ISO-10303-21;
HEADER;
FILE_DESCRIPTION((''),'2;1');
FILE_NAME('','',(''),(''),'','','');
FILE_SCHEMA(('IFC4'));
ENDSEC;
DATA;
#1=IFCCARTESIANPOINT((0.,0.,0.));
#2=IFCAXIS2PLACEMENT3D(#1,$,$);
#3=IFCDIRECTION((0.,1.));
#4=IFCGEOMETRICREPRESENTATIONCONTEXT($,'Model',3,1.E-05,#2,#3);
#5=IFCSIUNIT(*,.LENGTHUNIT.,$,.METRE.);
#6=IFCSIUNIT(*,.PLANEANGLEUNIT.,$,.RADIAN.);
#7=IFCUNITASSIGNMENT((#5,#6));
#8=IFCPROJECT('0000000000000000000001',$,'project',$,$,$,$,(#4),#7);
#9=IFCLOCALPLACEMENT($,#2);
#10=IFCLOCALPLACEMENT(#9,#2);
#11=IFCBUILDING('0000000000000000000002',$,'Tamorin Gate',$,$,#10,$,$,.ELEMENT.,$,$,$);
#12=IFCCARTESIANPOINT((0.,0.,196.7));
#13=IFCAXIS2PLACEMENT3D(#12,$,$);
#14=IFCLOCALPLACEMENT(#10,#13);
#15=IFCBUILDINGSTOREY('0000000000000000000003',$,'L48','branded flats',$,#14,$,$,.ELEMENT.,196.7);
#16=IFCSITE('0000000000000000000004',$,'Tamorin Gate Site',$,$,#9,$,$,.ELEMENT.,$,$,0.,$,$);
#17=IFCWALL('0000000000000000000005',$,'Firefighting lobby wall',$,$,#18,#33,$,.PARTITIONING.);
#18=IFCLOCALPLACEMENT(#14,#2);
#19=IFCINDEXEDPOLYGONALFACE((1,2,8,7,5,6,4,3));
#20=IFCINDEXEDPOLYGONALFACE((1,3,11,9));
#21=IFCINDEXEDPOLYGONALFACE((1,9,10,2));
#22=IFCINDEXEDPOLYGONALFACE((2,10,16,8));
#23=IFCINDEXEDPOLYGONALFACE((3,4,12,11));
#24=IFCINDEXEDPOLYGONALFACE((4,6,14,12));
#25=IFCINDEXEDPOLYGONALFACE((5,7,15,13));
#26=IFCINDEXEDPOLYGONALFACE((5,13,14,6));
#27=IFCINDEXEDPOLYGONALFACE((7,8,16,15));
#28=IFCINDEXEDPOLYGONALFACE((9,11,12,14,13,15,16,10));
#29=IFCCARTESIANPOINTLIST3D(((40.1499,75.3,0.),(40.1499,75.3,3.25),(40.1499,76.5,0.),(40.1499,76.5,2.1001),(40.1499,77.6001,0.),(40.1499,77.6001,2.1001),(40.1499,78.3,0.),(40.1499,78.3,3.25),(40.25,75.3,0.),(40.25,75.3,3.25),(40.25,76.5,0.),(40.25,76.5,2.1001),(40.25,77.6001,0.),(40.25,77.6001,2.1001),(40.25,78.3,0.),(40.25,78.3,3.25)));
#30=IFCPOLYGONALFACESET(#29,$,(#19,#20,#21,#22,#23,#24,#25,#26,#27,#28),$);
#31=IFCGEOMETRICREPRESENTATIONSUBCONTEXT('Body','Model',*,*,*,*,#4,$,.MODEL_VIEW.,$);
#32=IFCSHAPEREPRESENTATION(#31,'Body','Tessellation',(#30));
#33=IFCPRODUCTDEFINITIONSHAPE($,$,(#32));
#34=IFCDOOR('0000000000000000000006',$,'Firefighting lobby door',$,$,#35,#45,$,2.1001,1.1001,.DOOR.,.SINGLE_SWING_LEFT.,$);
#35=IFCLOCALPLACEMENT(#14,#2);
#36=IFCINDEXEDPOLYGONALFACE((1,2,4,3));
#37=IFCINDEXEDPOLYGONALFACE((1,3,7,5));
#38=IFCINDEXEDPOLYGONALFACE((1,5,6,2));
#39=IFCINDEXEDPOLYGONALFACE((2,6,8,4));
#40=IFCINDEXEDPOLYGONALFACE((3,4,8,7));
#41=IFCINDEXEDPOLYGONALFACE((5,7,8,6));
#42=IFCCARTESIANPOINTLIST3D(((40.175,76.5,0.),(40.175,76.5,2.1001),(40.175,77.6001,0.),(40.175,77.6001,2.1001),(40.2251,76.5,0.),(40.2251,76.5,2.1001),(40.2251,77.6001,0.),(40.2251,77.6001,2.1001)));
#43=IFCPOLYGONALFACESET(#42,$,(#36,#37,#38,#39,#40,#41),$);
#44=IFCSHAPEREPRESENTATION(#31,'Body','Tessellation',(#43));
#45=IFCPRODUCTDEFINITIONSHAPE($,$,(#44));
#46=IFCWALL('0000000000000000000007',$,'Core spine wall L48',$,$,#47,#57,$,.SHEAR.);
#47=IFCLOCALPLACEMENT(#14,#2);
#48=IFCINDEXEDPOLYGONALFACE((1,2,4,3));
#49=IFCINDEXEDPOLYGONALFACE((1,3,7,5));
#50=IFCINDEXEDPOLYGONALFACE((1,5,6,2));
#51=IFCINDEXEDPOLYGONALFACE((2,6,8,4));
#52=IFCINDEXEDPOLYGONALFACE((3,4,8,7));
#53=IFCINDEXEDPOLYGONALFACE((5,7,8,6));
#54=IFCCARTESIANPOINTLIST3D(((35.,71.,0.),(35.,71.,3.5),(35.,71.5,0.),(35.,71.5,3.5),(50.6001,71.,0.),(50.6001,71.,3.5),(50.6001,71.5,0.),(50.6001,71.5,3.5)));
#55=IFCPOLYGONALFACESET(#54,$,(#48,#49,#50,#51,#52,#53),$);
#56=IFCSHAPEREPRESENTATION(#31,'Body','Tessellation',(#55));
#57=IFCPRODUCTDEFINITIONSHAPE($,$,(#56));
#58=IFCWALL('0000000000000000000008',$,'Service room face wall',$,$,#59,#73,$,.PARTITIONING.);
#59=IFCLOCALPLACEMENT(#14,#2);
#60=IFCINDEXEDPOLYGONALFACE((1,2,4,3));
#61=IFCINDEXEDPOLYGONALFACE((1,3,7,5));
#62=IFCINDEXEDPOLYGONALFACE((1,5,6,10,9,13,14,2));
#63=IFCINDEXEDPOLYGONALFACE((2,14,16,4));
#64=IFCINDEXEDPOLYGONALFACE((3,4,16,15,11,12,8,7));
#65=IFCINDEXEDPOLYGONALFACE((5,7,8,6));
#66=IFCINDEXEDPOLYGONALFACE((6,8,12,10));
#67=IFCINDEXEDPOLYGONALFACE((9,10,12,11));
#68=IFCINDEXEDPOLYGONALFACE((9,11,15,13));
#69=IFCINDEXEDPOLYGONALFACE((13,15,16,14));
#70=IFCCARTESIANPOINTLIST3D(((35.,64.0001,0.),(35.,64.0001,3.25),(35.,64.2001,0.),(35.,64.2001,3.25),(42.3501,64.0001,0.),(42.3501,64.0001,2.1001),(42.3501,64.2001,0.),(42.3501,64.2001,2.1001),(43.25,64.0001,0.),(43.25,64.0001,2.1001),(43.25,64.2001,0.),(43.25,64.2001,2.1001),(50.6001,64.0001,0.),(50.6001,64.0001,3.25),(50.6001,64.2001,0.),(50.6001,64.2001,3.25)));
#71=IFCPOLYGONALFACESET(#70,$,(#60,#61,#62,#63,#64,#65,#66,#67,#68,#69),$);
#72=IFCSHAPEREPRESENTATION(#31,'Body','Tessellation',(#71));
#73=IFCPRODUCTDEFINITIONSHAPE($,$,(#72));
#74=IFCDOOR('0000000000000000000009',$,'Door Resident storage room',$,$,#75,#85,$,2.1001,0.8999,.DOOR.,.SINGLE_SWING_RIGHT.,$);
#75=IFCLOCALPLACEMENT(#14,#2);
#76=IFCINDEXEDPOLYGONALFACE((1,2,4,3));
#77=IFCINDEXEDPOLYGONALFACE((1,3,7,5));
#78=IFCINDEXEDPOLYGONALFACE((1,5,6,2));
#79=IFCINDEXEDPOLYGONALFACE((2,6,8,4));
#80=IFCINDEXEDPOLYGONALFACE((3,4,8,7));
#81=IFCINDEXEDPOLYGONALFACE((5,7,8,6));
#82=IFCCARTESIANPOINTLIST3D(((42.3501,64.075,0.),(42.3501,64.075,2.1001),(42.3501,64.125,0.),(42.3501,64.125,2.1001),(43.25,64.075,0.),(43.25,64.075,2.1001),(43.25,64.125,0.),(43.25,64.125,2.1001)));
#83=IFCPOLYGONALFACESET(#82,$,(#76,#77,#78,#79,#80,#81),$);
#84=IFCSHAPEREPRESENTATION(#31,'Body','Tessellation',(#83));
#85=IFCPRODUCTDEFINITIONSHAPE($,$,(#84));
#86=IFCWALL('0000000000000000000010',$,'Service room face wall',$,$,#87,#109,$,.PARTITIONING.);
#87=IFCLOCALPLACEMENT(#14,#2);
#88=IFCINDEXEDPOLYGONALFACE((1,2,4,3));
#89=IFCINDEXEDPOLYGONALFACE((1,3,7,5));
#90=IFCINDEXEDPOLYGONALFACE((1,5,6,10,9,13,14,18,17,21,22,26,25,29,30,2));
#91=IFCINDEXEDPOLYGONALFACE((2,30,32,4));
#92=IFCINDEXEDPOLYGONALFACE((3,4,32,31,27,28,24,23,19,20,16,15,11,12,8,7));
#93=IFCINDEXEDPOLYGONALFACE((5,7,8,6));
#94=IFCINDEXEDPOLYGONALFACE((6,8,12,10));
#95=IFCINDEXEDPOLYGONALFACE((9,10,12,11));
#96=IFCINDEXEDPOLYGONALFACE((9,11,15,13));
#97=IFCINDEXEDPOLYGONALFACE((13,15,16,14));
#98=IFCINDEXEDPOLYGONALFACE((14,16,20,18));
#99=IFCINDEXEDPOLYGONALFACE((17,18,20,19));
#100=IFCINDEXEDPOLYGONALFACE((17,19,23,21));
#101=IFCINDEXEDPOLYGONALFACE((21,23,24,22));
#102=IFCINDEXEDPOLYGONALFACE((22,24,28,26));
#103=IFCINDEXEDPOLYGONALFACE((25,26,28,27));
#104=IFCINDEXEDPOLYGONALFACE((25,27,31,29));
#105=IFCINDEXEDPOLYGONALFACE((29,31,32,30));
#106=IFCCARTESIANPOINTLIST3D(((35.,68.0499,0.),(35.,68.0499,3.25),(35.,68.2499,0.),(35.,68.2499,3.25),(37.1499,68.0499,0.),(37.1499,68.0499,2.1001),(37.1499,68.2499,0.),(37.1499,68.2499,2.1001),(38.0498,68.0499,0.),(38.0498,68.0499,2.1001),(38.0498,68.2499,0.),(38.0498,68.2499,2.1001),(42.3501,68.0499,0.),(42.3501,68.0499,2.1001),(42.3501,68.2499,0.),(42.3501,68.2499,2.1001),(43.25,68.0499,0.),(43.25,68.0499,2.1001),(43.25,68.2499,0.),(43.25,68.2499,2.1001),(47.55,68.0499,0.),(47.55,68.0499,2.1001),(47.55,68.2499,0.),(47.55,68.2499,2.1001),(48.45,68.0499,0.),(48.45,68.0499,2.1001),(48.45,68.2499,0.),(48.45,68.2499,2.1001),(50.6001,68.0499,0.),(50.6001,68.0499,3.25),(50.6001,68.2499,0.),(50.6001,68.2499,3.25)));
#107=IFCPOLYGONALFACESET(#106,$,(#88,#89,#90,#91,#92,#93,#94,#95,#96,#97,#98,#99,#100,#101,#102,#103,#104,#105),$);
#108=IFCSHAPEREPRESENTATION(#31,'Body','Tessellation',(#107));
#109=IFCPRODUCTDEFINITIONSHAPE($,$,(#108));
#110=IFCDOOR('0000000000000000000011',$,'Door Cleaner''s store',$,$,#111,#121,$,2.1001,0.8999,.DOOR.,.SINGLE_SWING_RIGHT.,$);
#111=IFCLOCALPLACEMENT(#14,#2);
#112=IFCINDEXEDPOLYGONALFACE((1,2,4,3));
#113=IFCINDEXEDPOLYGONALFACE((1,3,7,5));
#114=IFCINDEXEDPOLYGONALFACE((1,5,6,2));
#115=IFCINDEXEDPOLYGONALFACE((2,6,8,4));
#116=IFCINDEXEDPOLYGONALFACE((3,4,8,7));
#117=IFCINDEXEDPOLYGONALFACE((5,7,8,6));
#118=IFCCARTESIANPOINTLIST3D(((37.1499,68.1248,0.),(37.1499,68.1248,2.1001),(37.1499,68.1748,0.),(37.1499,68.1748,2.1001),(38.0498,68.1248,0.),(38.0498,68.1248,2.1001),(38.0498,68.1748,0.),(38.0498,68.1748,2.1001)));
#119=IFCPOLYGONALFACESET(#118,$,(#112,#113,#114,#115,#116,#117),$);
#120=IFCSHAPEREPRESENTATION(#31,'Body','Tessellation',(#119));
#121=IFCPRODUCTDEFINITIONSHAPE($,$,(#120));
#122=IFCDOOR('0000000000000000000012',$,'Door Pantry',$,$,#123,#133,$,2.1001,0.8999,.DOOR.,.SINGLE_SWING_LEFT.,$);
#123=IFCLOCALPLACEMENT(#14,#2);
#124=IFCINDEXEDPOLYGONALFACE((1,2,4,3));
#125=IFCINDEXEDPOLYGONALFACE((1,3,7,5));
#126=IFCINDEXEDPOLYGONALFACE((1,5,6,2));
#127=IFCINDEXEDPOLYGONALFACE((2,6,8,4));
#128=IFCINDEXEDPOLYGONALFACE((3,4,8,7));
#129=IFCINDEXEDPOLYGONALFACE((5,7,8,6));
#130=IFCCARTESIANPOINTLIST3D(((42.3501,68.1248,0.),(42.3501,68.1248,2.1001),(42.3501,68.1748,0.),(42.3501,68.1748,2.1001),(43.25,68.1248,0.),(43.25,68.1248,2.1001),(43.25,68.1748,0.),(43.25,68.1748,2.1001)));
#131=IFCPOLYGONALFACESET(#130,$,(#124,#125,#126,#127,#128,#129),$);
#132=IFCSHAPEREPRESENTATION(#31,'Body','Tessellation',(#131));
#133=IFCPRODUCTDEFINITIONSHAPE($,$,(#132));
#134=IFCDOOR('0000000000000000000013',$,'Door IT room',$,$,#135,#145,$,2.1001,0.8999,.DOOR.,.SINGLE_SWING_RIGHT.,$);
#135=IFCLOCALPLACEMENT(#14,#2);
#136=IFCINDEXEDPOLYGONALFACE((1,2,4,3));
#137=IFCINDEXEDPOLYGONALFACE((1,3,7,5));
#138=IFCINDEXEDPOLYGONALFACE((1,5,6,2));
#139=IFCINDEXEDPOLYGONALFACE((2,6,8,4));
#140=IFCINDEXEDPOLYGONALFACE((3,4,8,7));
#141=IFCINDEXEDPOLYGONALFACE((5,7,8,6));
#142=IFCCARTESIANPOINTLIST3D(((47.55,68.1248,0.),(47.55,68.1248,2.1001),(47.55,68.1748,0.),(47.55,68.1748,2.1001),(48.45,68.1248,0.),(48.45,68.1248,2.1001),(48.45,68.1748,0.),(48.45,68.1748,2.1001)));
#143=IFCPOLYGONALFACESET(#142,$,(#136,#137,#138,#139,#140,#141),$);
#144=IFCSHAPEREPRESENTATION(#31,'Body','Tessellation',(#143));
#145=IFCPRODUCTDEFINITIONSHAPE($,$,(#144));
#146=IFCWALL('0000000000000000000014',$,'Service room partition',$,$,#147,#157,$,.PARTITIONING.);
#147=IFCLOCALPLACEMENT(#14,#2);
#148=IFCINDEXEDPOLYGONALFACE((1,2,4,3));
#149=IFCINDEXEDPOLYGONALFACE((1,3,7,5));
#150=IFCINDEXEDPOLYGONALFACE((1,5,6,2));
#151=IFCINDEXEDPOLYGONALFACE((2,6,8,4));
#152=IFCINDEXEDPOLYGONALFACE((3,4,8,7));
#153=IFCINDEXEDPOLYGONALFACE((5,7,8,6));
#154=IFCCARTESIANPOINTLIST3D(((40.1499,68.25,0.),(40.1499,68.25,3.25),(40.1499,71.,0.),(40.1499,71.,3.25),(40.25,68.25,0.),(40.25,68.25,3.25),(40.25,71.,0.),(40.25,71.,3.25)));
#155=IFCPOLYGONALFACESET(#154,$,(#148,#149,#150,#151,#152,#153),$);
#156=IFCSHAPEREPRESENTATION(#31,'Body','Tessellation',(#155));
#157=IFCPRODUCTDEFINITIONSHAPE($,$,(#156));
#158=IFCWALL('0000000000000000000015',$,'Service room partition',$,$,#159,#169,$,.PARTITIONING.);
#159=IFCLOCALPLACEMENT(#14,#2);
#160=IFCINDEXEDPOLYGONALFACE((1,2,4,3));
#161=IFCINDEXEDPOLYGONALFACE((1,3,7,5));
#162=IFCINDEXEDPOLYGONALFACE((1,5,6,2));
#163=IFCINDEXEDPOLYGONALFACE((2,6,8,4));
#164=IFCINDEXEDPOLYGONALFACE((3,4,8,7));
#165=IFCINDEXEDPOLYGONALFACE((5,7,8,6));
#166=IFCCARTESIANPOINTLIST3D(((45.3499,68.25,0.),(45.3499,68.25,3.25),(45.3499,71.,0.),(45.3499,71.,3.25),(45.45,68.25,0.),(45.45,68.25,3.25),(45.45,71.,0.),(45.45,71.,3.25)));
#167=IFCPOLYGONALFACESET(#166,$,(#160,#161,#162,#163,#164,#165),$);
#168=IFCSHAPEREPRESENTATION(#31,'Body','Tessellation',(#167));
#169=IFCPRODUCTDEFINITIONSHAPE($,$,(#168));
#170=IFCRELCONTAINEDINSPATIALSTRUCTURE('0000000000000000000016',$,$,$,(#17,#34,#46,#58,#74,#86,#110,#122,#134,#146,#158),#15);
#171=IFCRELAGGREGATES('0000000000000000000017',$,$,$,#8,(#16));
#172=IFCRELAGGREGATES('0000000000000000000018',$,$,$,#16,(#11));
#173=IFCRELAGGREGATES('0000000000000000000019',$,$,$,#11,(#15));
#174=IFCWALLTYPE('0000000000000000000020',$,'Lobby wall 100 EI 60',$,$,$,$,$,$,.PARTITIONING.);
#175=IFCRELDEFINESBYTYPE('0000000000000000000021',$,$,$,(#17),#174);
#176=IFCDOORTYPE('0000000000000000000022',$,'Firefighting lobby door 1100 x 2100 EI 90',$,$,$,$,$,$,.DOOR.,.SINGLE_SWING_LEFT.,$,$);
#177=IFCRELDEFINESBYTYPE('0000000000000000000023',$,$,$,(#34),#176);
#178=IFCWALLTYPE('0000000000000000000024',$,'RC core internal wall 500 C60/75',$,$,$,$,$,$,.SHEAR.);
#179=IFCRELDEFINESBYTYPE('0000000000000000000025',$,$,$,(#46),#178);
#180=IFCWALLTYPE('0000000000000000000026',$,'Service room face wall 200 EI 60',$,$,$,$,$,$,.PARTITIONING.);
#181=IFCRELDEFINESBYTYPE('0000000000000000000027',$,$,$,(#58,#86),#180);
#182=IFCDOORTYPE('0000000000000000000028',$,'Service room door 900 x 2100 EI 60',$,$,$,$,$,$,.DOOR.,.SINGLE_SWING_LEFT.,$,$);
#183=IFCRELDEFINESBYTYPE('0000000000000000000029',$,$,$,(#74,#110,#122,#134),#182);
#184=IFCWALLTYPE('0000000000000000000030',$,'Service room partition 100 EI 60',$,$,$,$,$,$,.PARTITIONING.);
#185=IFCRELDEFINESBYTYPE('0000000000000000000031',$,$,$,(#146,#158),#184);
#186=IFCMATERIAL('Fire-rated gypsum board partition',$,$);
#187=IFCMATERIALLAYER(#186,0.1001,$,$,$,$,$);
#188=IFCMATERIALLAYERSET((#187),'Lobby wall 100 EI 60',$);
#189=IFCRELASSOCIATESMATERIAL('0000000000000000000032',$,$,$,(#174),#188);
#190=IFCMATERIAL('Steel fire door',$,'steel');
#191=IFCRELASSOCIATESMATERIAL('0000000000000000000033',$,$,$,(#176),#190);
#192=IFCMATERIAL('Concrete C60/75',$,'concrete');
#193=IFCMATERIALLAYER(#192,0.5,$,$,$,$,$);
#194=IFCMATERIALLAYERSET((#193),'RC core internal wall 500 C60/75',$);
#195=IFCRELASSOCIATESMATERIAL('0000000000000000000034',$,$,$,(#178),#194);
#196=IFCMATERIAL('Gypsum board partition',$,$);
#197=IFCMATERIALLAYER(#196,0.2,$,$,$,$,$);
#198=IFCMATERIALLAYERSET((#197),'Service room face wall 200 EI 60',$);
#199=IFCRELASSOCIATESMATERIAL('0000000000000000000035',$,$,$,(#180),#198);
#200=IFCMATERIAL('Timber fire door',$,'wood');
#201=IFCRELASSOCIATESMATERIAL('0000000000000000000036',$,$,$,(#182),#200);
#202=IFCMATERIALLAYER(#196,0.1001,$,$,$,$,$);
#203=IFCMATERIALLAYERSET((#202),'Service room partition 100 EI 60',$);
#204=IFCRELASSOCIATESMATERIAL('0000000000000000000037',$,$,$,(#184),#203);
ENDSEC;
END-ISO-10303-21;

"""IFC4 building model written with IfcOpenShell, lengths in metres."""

from ifc_helpers import new_model, si_unit, direction, frame, frame_2d, origin, place, context, subcontext, project, spatial, rectangle, extrude, material, layer, layer_set, type_object, element, fill, save


model = new_model("IFC4")

# Units and contexts
model_context = context("Model", 3, precision=1e-05, world=origin(), true_north=direction((0.0, 1.0)))
body_context = subcontext(model_context, "Body", "Model", "MODEL_VIEW")
ifc_project = project(units=[si_unit("LENGTHUNIT", "METRE"), si_unit("PLANEANGLEUNIT", "RADIAN")], contexts=[model_context])

# Site, building, storey
site_placement = place(None, origin())
site = spatial("IfcSite", under=ifc_project, at=site_placement, Name="Tamorin Gate Site", CompositionType="ELEMENT", RefElevation=0.0)
building_placement = place(site_placement, origin())
building = spatial("IfcBuilding", under=site, at=building_placement, Name="Tamorin Gate", CompositionType="ELEMENT")
storey_placement = place(building_placement, frame((0.0, 0.0, 196.7)))
storey = spatial("IfcBuildingStorey", under=building, at=storey_placement, Name="L48", Description="branded flats", CompositionType="ELEMENT", Elevation=196.7)

# Shared definitions
ifc_material_1 = material(Name="Fire-rated gypsum board partition")
ifc_layer_1 = layer(ifc_material_1, 0.1001)
ifc_layer_set_1 = layer_set([ifc_layer_1], Name="Lobby wall 100 EI 60")
wall_type_1 = type_object("IfcWallType", Name="Lobby wall 100 EI 60", PredefinedType="PARTITIONING", material=ifc_layer_set_1)

# Wall, opening, door
wall_1_placement = place(storey_placement, frame((40.2, 75.3, 0.0), z_axis=(0.0, 0.0, 1.0), x_axis=(0.0, 1.0, 0.0)))
wall_1 = element("IfcWall", 1, at=wall_1_placement, inside=storey, type_object=wall_type_1, Name="Firefighting lobby wall", PredefinedType="PARTITIONING", context=body_context, shape_type="SweptSolid", body=[
    extrude(rectangle(XDim=3.0, YDim=0.1001, at=frame_2d((1.5, 0.0))), origin(), (0.0, 0.0, 1.0), 3.25),
])
opening_1_placement = place(wall_1_placement, frame((1.2, 0.0, 0.0)))
opening_1 = element("IfcOpeningElement", 2, at=opening_1_placement, cuts=wall_1, PredefinedType="OPENING", context=body_context, shape_type="SweptSolid", body=[
    extrude(rectangle(XDim=1.1001, YDim=2.1001, at=frame_2d((0.55, 1.05))), frame((0.0, 0.0601, 0.0), z_axis=(0.0, -1.0, 0.0), x_axis=(1.0, 0.0, 0.0)), (0.0, 0.0, 1.0), 0.1201),
])
ifc_material_2 = material(Name="Steel fire door", Category="steel")
door_type_1 = type_object("IfcDoorType", Name="Firefighting lobby door 1100 x 2100 EI 90", OperationType="SINGLE_SWING_LEFT", PredefinedType="DOOR", material=ifc_material_2)
door_1_placement = place(opening_1_placement, origin())
door_1 = element("IfcDoor", 3, at=door_1_placement, inside=storey, type_object=door_type_1, Name="Firefighting lobby door", OperationType="SINGLE_SWING_LEFT", OverallHeight=2.1001, OverallWidth=1.1001, PredefinedType="DOOR", context=body_context, shape_type="SweptSolid", body=[
    extrude(rectangle(XDim=1.1001, YDim=2.1001, at=frame_2d((0.55, 1.05))), frame((0.0, 0.0249, 0.0), z_axis=(0.0, -1.0, 0.0), x_axis=(1.0, 0.0, 0.0)), (0.0, 0.0, 1.0), 0.05),
])
fill(opening_1, door_1)

# Wall
ifc_material_3 = material(Name="Concrete C60/75", Category="concrete")
ifc_layer_2 = layer(ifc_material_3, 0.5)
ifc_layer_set_2 = layer_set([ifc_layer_2], Name="RC core internal wall 500 C60/75")
wall_type_2 = type_object("IfcWallType", Name="RC core internal wall 500 C60/75", PredefinedType="SHEAR", material=ifc_layer_set_2)
wall_2_placement = place(storey_placement, frame((35.0, 71.25, 0.0), z_axis=(0.0, 0.0, 1.0), x_axis=(1.0, 0.0, 0.0)))
element("IfcWall", 4, at=wall_2_placement, inside=storey, type_object=wall_type_2, Name="Core spine wall L48", PredefinedType="SHEAR", context=body_context, shape_type="SweptSolid", body=[
    extrude(rectangle(XDim=15.6001, YDim=0.5, at=frame_2d((7.8, 0.0))), origin(), (0.0, 0.0, 1.0), 3.5),
])

# Wall, opening, door
ifc_material_4 = material(Name="Gypsum board partition")
ifc_layer_3 = layer(ifc_material_4, 0.2)
ifc_layer_set_3 = layer_set([ifc_layer_3], Name="Service room face wall 200 EI 60")
wall_type_3 = type_object("IfcWallType", Name="Service room face wall 200 EI 60", PredefinedType="PARTITIONING", material=ifc_layer_set_3)
wall_3_placement = place(storey_placement, frame((35.0, 64.1001, 0.0), z_axis=(0.0, 0.0, 1.0), x_axis=(1.0, 0.0, 0.0)))
wall_3 = element("IfcWall", 5, at=wall_3_placement, inside=storey, type_object=wall_type_3, Name="Service room face wall", PredefinedType="PARTITIONING", context=body_context, shape_type="SweptSolid", body=[
    extrude(rectangle(XDim=15.6001, YDim=0.2, at=frame_2d((7.8, 0.0))), origin(), (0.0, 0.0, 1.0), 3.25),
])
opening_2_placement = place(wall_3_placement, frame((7.3501, 0.0, 0.0)))
opening_2 = element("IfcOpeningElement", 6, at=opening_2_placement, cuts=wall_3, PredefinedType="OPENING", context=body_context, shape_type="SweptSolid", body=[
    extrude(rectangle(XDim=0.8999, YDim=2.1001, at=frame_2d((0.45, 1.05))), frame((0.0, 0.1099, 0.0), z_axis=(0.0, -1.0, 0.0), x_axis=(1.0, 0.0, 0.0)), (0.0, 0.0, 1.0), 0.22),
])
ifc_material_5 = material(Name="Timber fire door", Category="wood")
door_type_2 = type_object("IfcDoorType", Name="Service room door 900 x 2100 EI 60", OperationType="SINGLE_SWING_LEFT", PredefinedType="DOOR", material=ifc_material_5)
door_2_placement = place(opening_2_placement, origin())
door_2 = element("IfcDoor", 7, at=door_2_placement, inside=storey, type_object=door_type_2, Name="Door Resident storage room", OperationType="SINGLE_SWING_RIGHT", OverallHeight=2.1001, OverallWidth=0.8999, PredefinedType="DOOR", context=body_context, shape_type="SweptSolid", body=[
    extrude(rectangle(XDim=0.8999, YDim=2.1001, at=frame_2d((0.45, 1.05))), frame((0.0, 0.0249, 0.0), z_axis=(0.0, -1.0, 0.0), x_axis=(1.0, 0.0, 0.0)), (0.0, 0.0, 1.0), 0.05),
])
fill(opening_2, door_2)

# Wall, openings, doors
wall_4_placement = place(storey_placement, frame((35.0, 68.1499, 0.0), z_axis=(0.0, 0.0, 1.0), x_axis=(1.0, 0.0, 0.0)))
wall_4 = element("IfcWall", 8, at=wall_4_placement, inside=storey, type_object=wall_type_3, Name="Service room face wall", PredefinedType="PARTITIONING", context=body_context, shape_type="SweptSolid", body=[
    extrude(rectangle(XDim=15.6001, YDim=0.2, at=frame_2d((7.8, 0.0))), origin(), (0.0, 0.0, 1.0), 3.25),
])
opening_3_placement = place(wall_4_placement, frame((2.1499, 0.0, 0.0)))
opening_3 = element("IfcOpeningElement", 9, at=opening_3_placement, cuts=wall_4, PredefinedType="OPENING", context=body_context, shape_type="SweptSolid", body=[
    extrude(rectangle(XDim=0.8999, YDim=2.1001, at=frame_2d((0.45, 1.05))), frame((0.0, 0.1099, 0.0), z_axis=(0.0, -1.0, 0.0), x_axis=(1.0, 0.0, 0.0)), (0.0, 0.0, 1.0), 0.22),
])
opening_4_placement = place(wall_4_placement, frame((7.3501, 0.0, 0.0)))
opening_4 = element("IfcOpeningElement", 10, at=opening_4_placement, cuts=wall_4, PredefinedType="OPENING", context=body_context, shape_type="SweptSolid", body=[
    extrude(rectangle(XDim=0.8999, YDim=2.1001, at=frame_2d((0.45, 1.05))), frame((0.0, 0.1099, 0.0), z_axis=(0.0, -1.0, 0.0), x_axis=(1.0, 0.0, 0.0)), (0.0, 0.0, 1.0), 0.22),
])
opening_5_placement = place(wall_4_placement, frame((12.55, 0.0, 0.0)))
opening_5 = element("IfcOpeningElement", 11, at=opening_5_placement, cuts=wall_4, PredefinedType="OPENING", context=body_context, shape_type="SweptSolid", body=[
    extrude(rectangle(XDim=0.8999, YDim=2.1001, at=frame_2d((0.45, 1.05))), frame((0.0, 0.1099, 0.0), z_axis=(0.0, -1.0, 0.0), x_axis=(1.0, 0.0, 0.0)), (0.0, 0.0, 1.0), 0.22),
])
door_3_placement = place(opening_3_placement, origin())
door_3 = element("IfcDoor", 12, at=door_3_placement, inside=storey, type_object=door_type_2, Name="Door Cleaner's store", OperationType="SINGLE_SWING_RIGHT", OverallHeight=2.1001, OverallWidth=0.8999, PredefinedType="DOOR", context=body_context, shape_type="SweptSolid", body=[
    extrude(rectangle(XDim=0.8999, YDim=2.1001, at=frame_2d((0.45, 1.05))), frame((0.0, 0.0249, 0.0), z_axis=(0.0, -1.0, 0.0), x_axis=(1.0, 0.0, 0.0)), (0.0, 0.0, 1.0), 0.05),
])
fill(opening_3, door_3)
door_4_placement = place(opening_4_placement, origin())
door_4 = element("IfcDoor", 13, at=door_4_placement, inside=storey, type_object=door_type_2, Name="Door Pantry", OperationType="SINGLE_SWING_LEFT", OverallHeight=2.1001, OverallWidth=0.8999, PredefinedType="DOOR", context=body_context, shape_type="SweptSolid", body=[
    extrude(rectangle(XDim=0.8999, YDim=2.1001, at=frame_2d((0.45, 1.05))), frame((0.0, 0.0249, 0.0), z_axis=(0.0, -1.0, 0.0), x_axis=(1.0, 0.0, 0.0)), (0.0, 0.0, 1.0), 0.05),
])
fill(opening_4, door_4)
door_5_placement = place(opening_5_placement, origin())
door_5 = element("IfcDoor", 14, at=door_5_placement, inside=storey, type_object=door_type_2, Name="Door IT room", OperationType="SINGLE_SWING_RIGHT", OverallHeight=2.1001, OverallWidth=0.8999, PredefinedType="DOOR", context=body_context, shape_type="SweptSolid", body=[
    extrude(rectangle(XDim=0.8999, YDim=2.1001, at=frame_2d((0.45, 1.05))), frame((0.0, 0.0249, 0.0), z_axis=(0.0, -1.0, 0.0), x_axis=(1.0, 0.0, 0.0)), (0.0, 0.0, 1.0), 0.05),
])
fill(opening_5, door_5)

# Walls
ifc_layer_4 = layer(ifc_material_4, 0.1001)
ifc_layer_set_4 = layer_set([ifc_layer_4], Name="Service room partition 100 EI 60")
wall_type_4 = type_object("IfcWallType", Name="Service room partition 100 EI 60", PredefinedType="PARTITIONING", material=ifc_layer_set_4)
for number, where, z_axis, x_axis, name in (
    (15, (40.2, 68.25, 0.0), (0.0, 0.0, 1.0), (0.0, 1.0, 0.0), "Service room partition"),
    (16, (45.3999, 68.25, 0.0), (0.0, 0.0, 1.0), (0.0, 1.0, 0.0), "Service room partition"),
):
    element("IfcWall", number, at=place(storey_placement, frame(where, z_axis=z_axis, x_axis=x_axis)), inside=storey, type_object=wall_type_4, Name=name, PredefinedType="PARTITIONING", context=body_context, shape_type="SweptSolid", body=[
        extrude(rectangle(XDim=2.75, YDim=0.1001, at=frame_2d((1.375, 0.0))), origin(), (0.0, 0.0, 1.0), 3.25),
    ])

save(model, "model.ifc")
